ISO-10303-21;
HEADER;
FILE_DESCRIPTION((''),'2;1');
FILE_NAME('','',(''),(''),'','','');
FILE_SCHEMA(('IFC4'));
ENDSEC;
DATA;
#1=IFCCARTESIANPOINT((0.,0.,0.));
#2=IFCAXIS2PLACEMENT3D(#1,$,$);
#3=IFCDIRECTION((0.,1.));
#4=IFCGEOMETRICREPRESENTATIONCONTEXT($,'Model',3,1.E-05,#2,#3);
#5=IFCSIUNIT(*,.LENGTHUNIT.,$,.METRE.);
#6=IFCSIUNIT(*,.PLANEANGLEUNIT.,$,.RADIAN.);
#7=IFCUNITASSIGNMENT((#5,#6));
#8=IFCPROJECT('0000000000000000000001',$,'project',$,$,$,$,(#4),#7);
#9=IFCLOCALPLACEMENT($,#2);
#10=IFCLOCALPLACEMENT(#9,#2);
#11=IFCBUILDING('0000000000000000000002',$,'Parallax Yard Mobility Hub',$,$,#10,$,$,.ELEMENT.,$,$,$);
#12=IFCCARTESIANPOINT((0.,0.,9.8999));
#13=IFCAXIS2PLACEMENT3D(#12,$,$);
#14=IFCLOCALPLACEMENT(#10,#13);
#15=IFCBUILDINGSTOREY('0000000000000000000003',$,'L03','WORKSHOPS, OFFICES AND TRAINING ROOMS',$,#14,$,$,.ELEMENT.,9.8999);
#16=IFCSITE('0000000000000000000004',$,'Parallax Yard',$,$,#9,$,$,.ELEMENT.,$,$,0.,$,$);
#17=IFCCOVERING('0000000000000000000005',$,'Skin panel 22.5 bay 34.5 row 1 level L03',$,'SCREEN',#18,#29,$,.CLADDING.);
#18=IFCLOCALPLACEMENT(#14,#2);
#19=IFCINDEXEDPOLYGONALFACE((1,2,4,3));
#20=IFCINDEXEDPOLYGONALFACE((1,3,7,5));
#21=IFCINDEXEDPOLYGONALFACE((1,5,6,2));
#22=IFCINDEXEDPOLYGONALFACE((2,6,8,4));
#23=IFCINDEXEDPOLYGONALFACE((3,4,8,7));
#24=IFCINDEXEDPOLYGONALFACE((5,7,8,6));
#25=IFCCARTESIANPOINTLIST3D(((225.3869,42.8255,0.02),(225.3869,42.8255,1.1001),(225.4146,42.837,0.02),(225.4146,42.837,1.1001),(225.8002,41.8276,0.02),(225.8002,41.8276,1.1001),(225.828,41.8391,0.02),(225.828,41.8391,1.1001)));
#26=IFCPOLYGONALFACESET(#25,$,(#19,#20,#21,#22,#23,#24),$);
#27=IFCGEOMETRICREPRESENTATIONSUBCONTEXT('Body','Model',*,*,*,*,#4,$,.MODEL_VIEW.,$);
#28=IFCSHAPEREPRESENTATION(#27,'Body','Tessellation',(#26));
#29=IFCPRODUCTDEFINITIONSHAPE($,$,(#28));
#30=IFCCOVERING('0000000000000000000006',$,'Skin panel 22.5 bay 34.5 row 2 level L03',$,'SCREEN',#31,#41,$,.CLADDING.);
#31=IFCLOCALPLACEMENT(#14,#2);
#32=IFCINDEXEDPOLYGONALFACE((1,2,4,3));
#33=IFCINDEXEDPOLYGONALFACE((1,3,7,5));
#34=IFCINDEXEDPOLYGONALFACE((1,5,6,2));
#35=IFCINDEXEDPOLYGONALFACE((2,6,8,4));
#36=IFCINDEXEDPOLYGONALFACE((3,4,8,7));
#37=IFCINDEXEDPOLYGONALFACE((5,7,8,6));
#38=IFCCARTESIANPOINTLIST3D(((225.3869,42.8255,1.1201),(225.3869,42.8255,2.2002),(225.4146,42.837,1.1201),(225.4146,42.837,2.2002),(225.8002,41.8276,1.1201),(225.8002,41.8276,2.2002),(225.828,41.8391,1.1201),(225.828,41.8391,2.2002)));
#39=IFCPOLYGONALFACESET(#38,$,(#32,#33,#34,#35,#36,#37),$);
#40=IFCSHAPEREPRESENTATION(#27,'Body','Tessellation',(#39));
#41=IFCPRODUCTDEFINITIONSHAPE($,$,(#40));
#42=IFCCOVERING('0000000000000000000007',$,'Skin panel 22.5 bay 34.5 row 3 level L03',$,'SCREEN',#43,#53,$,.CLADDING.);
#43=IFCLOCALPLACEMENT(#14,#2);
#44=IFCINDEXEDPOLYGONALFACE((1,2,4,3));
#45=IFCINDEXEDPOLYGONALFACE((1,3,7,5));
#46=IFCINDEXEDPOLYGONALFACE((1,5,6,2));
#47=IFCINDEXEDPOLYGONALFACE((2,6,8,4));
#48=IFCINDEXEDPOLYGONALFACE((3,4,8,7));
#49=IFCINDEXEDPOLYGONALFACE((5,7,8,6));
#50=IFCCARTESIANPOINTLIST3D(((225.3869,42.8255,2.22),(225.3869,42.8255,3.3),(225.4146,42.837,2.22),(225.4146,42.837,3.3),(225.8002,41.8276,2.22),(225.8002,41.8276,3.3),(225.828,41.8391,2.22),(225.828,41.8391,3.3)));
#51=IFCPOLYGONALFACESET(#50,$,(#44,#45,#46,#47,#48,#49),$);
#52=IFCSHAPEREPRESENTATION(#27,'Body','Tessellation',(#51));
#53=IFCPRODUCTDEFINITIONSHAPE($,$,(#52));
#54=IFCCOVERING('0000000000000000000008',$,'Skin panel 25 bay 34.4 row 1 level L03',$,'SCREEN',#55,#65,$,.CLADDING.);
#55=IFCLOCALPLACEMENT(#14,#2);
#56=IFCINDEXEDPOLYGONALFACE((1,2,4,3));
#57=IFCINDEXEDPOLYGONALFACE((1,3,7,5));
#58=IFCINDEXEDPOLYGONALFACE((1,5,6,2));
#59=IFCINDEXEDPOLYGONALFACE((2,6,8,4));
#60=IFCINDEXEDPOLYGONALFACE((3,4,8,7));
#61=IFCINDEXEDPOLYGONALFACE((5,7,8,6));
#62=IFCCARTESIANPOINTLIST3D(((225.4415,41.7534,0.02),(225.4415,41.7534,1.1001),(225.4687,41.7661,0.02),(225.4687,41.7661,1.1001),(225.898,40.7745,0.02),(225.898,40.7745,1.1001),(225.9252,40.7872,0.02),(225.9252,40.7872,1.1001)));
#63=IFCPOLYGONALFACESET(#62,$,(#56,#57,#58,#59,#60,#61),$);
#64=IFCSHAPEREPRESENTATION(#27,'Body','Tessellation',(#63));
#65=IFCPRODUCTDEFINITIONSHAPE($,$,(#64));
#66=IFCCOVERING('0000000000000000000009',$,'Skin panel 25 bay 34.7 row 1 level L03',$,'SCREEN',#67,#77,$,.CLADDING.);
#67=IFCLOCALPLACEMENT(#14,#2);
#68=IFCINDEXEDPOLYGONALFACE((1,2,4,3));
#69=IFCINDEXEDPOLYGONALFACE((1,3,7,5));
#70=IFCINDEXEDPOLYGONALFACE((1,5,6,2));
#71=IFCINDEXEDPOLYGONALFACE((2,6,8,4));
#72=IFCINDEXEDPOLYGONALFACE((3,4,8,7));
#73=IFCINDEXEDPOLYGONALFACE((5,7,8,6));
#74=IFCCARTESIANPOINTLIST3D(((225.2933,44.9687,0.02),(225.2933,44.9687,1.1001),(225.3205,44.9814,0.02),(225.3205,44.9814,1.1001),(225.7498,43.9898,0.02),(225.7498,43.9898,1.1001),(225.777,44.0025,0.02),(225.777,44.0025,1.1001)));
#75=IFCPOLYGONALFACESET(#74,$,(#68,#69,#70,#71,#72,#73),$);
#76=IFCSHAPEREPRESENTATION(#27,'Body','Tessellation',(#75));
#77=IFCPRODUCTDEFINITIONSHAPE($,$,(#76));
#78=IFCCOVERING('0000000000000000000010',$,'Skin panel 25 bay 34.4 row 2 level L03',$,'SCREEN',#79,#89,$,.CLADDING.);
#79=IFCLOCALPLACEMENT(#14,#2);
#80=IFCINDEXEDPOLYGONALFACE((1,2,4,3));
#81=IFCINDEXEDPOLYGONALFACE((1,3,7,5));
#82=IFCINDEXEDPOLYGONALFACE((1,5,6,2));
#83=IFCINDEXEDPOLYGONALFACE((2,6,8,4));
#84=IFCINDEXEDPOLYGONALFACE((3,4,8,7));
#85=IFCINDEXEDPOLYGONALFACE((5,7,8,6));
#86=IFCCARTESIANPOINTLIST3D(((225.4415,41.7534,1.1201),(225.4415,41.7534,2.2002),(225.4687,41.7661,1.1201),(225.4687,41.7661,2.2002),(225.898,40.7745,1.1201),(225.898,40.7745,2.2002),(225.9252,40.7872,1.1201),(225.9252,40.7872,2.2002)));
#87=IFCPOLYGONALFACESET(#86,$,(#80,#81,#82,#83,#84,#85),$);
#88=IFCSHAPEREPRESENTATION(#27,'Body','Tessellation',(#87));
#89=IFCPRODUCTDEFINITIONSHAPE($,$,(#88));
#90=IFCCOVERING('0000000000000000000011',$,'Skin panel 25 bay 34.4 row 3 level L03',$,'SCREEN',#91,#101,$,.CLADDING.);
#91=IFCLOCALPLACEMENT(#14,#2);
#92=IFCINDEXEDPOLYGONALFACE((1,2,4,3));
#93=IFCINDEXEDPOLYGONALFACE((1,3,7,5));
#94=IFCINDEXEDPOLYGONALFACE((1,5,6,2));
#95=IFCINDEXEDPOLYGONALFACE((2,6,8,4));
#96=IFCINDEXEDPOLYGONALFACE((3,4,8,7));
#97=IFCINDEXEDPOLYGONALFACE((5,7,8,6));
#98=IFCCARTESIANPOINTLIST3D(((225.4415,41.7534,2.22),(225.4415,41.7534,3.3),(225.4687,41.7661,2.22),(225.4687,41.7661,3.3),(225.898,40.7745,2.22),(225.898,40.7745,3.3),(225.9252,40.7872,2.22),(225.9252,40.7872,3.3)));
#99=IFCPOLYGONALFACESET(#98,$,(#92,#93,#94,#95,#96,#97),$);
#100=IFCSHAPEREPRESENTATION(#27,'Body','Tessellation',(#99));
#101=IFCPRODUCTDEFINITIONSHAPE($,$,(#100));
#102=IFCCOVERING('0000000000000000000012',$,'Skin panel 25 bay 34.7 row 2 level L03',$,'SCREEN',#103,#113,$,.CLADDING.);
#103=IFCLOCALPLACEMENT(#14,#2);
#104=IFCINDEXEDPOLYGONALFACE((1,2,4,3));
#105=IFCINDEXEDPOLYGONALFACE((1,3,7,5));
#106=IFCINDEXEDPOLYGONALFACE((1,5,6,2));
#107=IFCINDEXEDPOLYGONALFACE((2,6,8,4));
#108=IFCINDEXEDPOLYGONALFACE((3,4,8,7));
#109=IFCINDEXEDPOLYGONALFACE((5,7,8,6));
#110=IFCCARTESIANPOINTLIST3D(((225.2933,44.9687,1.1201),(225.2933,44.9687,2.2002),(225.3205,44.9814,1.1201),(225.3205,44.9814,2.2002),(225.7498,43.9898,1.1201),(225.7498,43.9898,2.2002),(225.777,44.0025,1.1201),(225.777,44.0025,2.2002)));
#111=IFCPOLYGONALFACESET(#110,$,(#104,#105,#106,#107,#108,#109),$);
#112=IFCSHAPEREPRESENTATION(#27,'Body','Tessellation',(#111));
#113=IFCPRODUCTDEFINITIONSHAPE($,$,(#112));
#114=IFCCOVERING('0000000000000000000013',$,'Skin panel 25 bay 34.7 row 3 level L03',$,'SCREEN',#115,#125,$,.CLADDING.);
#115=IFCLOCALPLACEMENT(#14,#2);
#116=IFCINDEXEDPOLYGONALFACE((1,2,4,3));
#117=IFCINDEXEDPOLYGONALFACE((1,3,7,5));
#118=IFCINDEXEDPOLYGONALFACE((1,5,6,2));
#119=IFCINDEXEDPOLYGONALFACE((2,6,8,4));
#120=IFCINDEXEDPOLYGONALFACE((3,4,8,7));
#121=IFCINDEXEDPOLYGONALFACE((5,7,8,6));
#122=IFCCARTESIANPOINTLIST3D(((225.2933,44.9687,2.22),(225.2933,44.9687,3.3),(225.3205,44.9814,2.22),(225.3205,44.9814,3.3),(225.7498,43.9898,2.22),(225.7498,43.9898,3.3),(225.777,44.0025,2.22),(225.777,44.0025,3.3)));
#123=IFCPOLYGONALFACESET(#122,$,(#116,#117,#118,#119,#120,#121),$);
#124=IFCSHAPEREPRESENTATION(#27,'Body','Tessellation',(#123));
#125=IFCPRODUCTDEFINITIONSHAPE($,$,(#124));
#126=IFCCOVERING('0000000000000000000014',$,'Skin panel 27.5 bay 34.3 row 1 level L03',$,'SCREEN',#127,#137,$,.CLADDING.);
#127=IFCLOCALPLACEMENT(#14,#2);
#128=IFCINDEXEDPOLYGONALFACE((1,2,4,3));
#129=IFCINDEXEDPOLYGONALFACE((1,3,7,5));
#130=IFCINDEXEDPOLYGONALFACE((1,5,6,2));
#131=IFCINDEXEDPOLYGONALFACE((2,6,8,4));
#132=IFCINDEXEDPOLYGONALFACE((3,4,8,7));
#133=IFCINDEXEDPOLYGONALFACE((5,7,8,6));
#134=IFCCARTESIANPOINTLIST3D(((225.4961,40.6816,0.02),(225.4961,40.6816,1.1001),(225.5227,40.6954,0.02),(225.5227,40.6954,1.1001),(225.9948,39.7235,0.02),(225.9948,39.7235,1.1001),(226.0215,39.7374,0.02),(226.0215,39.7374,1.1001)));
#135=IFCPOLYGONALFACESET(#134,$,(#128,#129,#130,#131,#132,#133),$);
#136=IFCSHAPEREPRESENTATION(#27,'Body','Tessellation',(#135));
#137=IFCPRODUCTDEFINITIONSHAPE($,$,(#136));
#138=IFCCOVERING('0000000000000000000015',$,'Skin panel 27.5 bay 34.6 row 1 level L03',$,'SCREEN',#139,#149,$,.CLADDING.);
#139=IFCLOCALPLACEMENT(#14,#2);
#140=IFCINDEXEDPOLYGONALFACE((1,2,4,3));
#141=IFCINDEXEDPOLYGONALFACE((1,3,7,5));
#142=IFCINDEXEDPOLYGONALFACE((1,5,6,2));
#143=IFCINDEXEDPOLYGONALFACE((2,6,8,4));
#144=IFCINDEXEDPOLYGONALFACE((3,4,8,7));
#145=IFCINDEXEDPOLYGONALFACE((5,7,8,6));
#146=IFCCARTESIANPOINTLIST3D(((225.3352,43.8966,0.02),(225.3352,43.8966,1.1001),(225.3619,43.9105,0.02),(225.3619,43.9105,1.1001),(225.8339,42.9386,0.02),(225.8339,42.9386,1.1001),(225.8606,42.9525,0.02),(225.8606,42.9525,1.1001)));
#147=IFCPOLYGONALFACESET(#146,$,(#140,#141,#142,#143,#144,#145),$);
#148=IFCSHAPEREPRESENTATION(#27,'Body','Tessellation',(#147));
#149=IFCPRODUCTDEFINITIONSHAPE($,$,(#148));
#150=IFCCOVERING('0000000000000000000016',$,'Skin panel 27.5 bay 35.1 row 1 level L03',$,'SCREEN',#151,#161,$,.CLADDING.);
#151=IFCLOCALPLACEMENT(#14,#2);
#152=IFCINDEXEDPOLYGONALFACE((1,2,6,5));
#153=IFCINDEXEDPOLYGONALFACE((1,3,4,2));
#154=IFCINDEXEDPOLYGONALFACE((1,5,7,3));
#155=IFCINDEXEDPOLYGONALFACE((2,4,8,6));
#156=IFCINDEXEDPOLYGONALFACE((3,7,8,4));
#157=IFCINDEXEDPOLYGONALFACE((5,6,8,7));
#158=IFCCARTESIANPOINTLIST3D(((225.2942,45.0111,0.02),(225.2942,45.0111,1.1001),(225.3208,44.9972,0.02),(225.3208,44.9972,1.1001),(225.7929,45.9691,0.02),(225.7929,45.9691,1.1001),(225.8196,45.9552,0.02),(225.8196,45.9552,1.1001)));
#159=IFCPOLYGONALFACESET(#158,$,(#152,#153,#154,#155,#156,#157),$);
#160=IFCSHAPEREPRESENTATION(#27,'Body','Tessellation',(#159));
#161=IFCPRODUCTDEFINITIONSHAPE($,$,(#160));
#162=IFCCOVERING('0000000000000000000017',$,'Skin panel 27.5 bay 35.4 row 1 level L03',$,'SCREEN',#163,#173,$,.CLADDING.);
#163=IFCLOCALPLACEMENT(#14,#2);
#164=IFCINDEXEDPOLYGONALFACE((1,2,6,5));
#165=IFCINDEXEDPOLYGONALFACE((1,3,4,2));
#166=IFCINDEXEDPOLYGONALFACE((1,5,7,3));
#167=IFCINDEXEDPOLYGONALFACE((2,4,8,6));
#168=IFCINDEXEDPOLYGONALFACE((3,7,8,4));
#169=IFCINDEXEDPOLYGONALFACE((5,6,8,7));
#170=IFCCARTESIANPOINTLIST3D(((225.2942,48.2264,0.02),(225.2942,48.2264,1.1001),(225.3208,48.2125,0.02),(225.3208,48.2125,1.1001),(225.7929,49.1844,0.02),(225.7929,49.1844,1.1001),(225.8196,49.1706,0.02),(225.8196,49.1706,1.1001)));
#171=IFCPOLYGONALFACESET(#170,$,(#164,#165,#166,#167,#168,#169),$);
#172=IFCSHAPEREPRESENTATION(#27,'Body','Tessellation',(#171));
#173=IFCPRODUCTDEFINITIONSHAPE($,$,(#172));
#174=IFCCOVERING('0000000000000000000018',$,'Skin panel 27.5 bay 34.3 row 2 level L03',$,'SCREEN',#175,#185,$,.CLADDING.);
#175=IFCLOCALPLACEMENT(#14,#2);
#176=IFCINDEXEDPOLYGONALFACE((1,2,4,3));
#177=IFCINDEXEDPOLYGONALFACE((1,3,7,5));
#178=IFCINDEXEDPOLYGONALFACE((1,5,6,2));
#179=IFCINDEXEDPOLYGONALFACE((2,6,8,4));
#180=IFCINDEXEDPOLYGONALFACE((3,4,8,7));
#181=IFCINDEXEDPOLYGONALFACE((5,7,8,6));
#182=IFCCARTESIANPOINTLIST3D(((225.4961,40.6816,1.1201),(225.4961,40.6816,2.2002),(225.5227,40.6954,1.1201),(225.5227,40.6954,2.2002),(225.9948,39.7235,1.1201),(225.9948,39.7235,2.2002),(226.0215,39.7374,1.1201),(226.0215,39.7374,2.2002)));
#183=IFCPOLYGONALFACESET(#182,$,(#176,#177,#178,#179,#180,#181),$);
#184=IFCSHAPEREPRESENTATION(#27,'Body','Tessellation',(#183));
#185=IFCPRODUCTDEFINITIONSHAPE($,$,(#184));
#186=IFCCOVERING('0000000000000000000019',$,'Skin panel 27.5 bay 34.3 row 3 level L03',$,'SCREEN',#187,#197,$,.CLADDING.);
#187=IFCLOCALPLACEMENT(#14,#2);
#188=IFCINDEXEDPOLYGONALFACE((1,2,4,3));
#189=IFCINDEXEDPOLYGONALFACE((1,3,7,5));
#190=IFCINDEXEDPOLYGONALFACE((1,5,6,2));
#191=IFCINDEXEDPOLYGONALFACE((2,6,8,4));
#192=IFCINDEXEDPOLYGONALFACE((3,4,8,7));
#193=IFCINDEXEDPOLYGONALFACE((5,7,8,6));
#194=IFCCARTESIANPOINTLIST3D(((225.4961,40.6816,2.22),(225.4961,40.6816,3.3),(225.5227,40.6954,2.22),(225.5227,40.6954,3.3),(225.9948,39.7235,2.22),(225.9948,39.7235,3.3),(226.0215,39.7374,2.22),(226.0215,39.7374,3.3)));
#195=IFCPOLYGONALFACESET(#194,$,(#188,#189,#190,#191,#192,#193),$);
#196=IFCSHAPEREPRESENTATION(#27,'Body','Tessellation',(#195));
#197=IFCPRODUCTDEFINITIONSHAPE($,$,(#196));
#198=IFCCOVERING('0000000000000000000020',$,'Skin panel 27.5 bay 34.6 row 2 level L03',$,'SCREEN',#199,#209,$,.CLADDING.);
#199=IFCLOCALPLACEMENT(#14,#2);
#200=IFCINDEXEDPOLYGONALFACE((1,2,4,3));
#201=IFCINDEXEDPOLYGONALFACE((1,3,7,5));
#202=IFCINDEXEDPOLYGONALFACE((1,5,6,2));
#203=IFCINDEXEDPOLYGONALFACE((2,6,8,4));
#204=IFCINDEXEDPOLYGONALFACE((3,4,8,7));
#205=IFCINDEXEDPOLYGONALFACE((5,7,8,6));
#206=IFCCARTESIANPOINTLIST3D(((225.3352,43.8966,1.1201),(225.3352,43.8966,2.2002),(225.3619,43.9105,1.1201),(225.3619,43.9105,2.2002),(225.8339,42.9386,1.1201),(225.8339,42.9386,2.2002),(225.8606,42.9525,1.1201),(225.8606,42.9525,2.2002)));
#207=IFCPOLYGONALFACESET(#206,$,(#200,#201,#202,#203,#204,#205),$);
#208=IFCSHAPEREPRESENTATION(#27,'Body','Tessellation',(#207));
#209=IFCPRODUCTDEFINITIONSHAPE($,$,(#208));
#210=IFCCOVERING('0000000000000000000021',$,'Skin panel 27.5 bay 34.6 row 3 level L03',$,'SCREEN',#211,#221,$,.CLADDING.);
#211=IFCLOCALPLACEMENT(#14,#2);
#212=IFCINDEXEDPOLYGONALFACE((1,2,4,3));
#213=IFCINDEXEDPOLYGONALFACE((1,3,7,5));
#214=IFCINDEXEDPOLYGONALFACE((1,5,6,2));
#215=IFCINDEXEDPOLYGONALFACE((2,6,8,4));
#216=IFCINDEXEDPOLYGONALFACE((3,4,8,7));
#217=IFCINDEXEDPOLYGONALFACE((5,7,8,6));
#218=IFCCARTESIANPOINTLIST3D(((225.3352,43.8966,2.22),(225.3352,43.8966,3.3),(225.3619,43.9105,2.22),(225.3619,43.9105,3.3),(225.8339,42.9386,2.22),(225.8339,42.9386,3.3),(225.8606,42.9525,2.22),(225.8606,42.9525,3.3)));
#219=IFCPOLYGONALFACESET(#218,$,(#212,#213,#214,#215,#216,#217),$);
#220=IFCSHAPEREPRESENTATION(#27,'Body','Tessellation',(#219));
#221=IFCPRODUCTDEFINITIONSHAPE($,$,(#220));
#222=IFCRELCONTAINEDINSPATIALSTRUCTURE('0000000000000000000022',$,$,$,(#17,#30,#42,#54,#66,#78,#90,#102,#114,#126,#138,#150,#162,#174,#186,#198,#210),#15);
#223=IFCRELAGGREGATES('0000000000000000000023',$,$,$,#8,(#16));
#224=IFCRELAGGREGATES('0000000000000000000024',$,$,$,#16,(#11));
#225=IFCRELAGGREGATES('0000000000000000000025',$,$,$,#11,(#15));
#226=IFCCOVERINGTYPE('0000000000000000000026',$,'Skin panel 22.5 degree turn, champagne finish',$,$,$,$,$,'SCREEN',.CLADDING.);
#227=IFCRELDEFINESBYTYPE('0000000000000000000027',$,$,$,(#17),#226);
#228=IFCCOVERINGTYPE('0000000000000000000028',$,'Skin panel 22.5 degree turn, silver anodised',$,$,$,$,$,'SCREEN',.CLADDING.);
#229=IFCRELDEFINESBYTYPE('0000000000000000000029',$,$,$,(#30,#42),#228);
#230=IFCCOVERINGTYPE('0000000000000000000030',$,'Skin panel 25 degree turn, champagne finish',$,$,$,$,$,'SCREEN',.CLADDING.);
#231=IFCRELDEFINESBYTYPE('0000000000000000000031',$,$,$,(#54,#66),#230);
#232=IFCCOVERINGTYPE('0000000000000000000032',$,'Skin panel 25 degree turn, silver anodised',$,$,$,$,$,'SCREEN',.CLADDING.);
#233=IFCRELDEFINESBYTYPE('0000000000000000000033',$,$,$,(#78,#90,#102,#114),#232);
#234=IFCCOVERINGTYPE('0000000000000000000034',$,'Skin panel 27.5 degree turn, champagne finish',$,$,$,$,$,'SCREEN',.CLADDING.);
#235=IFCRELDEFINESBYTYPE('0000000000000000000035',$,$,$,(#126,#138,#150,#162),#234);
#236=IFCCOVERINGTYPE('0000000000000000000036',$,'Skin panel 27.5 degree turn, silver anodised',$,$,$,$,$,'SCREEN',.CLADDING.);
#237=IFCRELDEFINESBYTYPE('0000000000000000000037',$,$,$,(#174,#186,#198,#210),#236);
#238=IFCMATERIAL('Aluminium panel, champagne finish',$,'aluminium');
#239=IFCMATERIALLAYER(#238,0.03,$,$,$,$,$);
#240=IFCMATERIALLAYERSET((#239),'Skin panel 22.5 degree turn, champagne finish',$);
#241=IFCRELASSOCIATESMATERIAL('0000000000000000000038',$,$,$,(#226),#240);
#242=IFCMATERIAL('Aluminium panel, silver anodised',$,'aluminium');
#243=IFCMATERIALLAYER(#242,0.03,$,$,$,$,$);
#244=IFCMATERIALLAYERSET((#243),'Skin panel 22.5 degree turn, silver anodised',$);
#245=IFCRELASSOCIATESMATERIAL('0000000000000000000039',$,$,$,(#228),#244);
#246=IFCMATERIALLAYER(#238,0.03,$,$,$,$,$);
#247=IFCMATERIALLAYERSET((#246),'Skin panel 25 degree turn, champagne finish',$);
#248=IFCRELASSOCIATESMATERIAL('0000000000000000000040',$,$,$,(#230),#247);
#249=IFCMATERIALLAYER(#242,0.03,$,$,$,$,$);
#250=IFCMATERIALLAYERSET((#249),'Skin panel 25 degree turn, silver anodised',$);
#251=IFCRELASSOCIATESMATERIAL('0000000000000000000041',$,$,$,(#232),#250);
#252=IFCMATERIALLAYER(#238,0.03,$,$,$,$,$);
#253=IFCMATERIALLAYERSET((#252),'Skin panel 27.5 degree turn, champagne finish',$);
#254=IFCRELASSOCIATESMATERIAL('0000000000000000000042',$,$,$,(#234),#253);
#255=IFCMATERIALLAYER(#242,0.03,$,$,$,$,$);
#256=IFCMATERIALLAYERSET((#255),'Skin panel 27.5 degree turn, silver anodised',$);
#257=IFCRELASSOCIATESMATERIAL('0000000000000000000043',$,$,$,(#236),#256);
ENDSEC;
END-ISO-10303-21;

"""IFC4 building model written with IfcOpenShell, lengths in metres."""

from ifc_helpers import new_model, si_unit, direction, frame, origin, origin_2d, place, context, subcontext, project, spatial, rectangle, extrude, material, layer, layer_set, type_object, element, save


model = new_model("IFC4")

# Units and contexts
model_context = context("Model", 3, precision=1e-05, world=origin(), true_north=direction((0.0, 1.0)))
body_context = subcontext(model_context, "Body", "Model", "MODEL_VIEW")
ifc_project = project(units=[si_unit("LENGTHUNIT", "METRE"), si_unit("PLANEANGLEUNIT", "RADIAN")], contexts=[model_context])

# Site, building, storey
site_placement = place(None, origin())
site = spatial("IfcSite", under=ifc_project, at=site_placement, Name="Parallax Yard", CompositionType="ELEMENT", RefElevation=0.0)
building_placement = place(site_placement, origin())
building = spatial("IfcBuilding", under=site, at=building_placement, Name="Parallax Yard Mobility Hub", CompositionType="ELEMENT")
storey_placement = place(building_placement, frame((0.0, 0.0, 9.8999)))
storey = spatial("IfcBuildingStorey", under=building, at=storey_placement, Name="L03", Description="WORKSHOPS, OFFICES AND TRAINING ROOMS", CompositionType="ELEMENT", Elevation=9.8999)

# Coverings
ifc_material_1 = material(Name="Aluminium panel, champagne finish", Category="aluminium")
ifc_layer_1 = layer(ifc_material_1, 0.03)
ifc_layer_set_1 = layer_set([ifc_layer_1], Name="Skin panel 22.5 degree turn, champagne finish")
covering_type_1 = type_object("IfcCoveringType", Name="Skin panel 22.5 degree turn, champagne finish", ElementType="SCREEN", PredefinedType="CLADDING", material=ifc_layer_set_1)
covering_1_placement = place(storey_placement, frame((225.6074, 42.3323, 0.02), z_axis=(0.0, 0.0, 1.0), x_axis=(0.382683, -0.92388, 0.0)))
element("IfcCovering", 1, at=covering_1_placement, inside=storey, type_object=covering_type_1, Name="Skin panel 22.5 bay 34.5 row 1 level L03", ObjectType="SCREEN", PredefinedType="CLADDING", context=body_context, shape_type="SweptSolid", body=[
    extrude(rectangle(XDim=1.0801, YDim=0.03, at=origin_2d()), origin(), (0.0, 0.0, 1.0), 1.0801),
])
ifc_material_2 = material(Name="Aluminium panel, silver anodised", Category="aluminium")
ifc_layer_2 = layer(ifc_material_2, 0.03)
ifc_layer_set_2 = layer_set([ifc_layer_2], Name="Skin panel 22.5 degree turn, silver anodised")
covering_type_2 = type_object("IfcCoveringType", Name="Skin panel 22.5 degree turn, silver anodised", ElementType="SCREEN", PredefinedType="CLADDING", material=ifc_layer_set_2)
for number, where, z_axis, x_axis, name in (
    (2, (225.6074, 42.3323, 1.1201), (0.0, 0.0, 1.0), (0.382683, -0.92388, 0.0), "Skin panel 22.5 bay 34.5 row 2 level L03"),
    (3, (225.6074, 42.3323, 2.22), (0.0, 0.0, 1.0), (0.382683, -0.92388, 0.0), "Skin panel 22.5 bay 34.5 row 3 level L03"),
):
    element("IfcCovering", number, at=place(storey_placement, frame(where, z_axis=z_axis, x_axis=x_axis)), inside=storey, type_object=covering_type_2, Name=name, ObjectType="SCREEN", PredefinedType="CLADDING", context=body_context, shape_type="SweptSolid", body=[
        extrude(rectangle(XDim=1.0801, YDim=0.03, at=origin_2d()), origin(), (0.0, 0.0, 1.0), 1.0801),
    ])
ifc_layer_3 = layer(ifc_material_1, 0.03)
ifc_layer_set_3 = layer_set([ifc_layer_3], Name="Skin panel 25 degree turn, champagne finish")
covering_type_3 = type_object("IfcCoveringType", Name="Skin panel 25 degree turn, champagne finish", ElementType="SCREEN", PredefinedType="CLADDING", material=ifc_layer_set_3)
for number, where, z_axis, x_axis, name in (
    (4, (225.6833, 41.2703, 0.02), (0.0, 0.0, 1.0), (0.422618, -0.906308, 0.0), "Skin panel 25 bay 34.4 row 1 level L03"),
    (5, (225.5352, 44.4856, 0.02), (0.0, 0.0, 1.0), (0.422618, -0.906308, 0.0), "Skin panel 25 bay 34.7 row 1 level L03"),
):
    element("IfcCovering", number, at=place(storey_placement, frame(where, z_axis=z_axis, x_axis=x_axis)), inside=storey, type_object=covering_type_3, Name=name, ObjectType="SCREEN", PredefinedType="CLADDING", context=body_context, shape_type="SweptSolid", body=[
        extrude(rectangle(XDim=1.0801, YDim=0.03, at=origin_2d()), origin(), (0.0, 0.0, 1.0), 1.0801),
    ])
ifc_layer_4 = layer(ifc_material_2, 0.03)
ifc_layer_set_4 = layer_set([ifc_layer_4], Name="Skin panel 25 degree turn, silver anodised")
covering_type_4 = type_object("IfcCoveringType", Name="Skin panel 25 degree turn, silver anodised", ElementType="SCREEN", PredefinedType="CLADDING", material=ifc_layer_set_4)
for number, where, z_axis, x_axis, name in (
    (6, (225.6833, 41.2703, 1.1201), (0.0, 0.0, 1.0), (0.422618, -0.906308, 0.0), "Skin panel 25 bay 34.4 row 2 level L03"),
    (7, (225.6833, 41.2703, 2.22), (0.0, 0.0, 1.0), (0.422618, -0.906308, 0.0), "Skin panel 25 bay 34.4 row 3 level L03"),
    (8, (225.5352, 44.4856, 1.1201), (0.0, 0.0, 1.0), (0.422618, -0.906308, 0.0), "Skin panel 25 bay 34.7 row 2 level L03"),
    (9, (225.5352, 44.4856, 2.22), (0.0, 0.0, 1.0), (0.422618, -0.906308, 0.0), "Skin panel 25 bay 34.7 row 3 level L03"),
):
    element("IfcCovering", number, at=place(storey_placement, frame(where, z_axis=z_axis, x_axis=x_axis)), inside=storey, type_object=covering_type_4, Name=name, ObjectType="SCREEN", PredefinedType="CLADDING", context=body_context, shape_type="SweptSolid", body=[
        extrude(rectangle(XDim=1.0801, YDim=0.03, at=origin_2d()), origin(), (0.0, 0.0, 1.0), 1.0801),
    ])
ifc_layer_5 = layer(ifc_material_1, 0.03)
ifc_layer_set_5 = layer_set([ifc_layer_5], Name="Skin panel 27.5 degree turn, champagne finish")
covering_type_5 = type_object("IfcCoveringType", Name="Skin panel 27.5 degree turn, champagne finish", ElementType="SCREEN", PredefinedType="CLADDING", material=ifc_layer_set_5)
for number, where, z_axis, x_axis, name in (
    (10, (225.7588, 40.2095, 0.02), (0.0, 0.0, 1.0), (0.461749, -0.887011, 0.0), "Skin panel 27.5 bay 34.3 row 1 level L03"),
    (11, (225.5979, 43.4246, 0.02), (0.0, 0.0, 1.0), (0.461749, -0.887011, 0.0), "Skin panel 27.5 bay 34.6 row 1 level L03"),
    (12, (225.5569, 45.4832, 0.02), (0.0, 0.0, 1.0), (0.461749, 0.887011, 0.0), "Skin panel 27.5 bay 35.1 row 1 level L03"),
    (13, (225.5569, 48.6985, 0.02), (0.0, 0.0, 1.0), (0.461749, 0.887011, 0.0), "Skin panel 27.5 bay 35.4 row 1 level L03"),
):
    element("IfcCovering", number, at=place(storey_placement, frame(where, z_axis=z_axis, x_axis=x_axis)), inside=storey, type_object=covering_type_5, Name=name, ObjectType="SCREEN", PredefinedType="CLADDING", context=body_context, shape_type="SweptSolid", body=[
        extrude(rectangle(XDim=1.0801, YDim=0.03, at=origin_2d()), origin(), (0.0, 0.0, 1.0), 1.0801),
    ])
ifc_layer_6 = layer(ifc_material_2, 0.03)
ifc_layer_set_6 = layer_set([ifc_layer_6], Name="Skin panel 27.5 degree turn, silver anodised")
covering_type_6 = type_object("IfcCoveringType", Name="Skin panel 27.5 degree turn, silver anodised", ElementType="SCREEN", PredefinedType="CLADDING", material=ifc_layer_set_6)
for number, where, z_axis, x_axis, name in (
    (14, (225.7588, 40.2095, 1.1201), (0.0, 0.0, 1.0), (0.461749, -0.887011, 0.0), "Skin panel 27.5 bay 34.3 row 2 level L03"),
    (15, (225.7588, 40.2095, 2.22), (0.0, 0.0, 1.0), (0.461749, -0.887011, 0.0), "Skin panel 27.5 bay 34.3 row 3 level L03"),
    (16, (225.5979, 43.4246, 1.1201), (0.0, 0.0, 1.0), (0.461749, -0.887011, 0.0), "Skin panel 27.5 bay 34.6 row 2 level L03"),
    (17, (225.5979, 43.4246, 2.22), (0.0, 0.0, 1.0), (0.461749, -0.887011, 0.0), "Skin panel 27.5 bay 34.6 row 3 level L03"),
):
    element("IfcCovering", number, at=place(storey_placement, frame(where, z_axis=z_axis, x_axis=x_axis)), inside=storey, type_object=covering_type_6, Name=name, ObjectType="SCREEN", PredefinedType="CLADDING", context=body_context, shape_type="SweptSolid", body=[
        extrude(rectangle(XDim=1.0801, YDim=0.03, at=origin_2d()), origin(), (0.0, 0.0, 1.0), 1.0801),
    ])

save(model, "model.ifc")
